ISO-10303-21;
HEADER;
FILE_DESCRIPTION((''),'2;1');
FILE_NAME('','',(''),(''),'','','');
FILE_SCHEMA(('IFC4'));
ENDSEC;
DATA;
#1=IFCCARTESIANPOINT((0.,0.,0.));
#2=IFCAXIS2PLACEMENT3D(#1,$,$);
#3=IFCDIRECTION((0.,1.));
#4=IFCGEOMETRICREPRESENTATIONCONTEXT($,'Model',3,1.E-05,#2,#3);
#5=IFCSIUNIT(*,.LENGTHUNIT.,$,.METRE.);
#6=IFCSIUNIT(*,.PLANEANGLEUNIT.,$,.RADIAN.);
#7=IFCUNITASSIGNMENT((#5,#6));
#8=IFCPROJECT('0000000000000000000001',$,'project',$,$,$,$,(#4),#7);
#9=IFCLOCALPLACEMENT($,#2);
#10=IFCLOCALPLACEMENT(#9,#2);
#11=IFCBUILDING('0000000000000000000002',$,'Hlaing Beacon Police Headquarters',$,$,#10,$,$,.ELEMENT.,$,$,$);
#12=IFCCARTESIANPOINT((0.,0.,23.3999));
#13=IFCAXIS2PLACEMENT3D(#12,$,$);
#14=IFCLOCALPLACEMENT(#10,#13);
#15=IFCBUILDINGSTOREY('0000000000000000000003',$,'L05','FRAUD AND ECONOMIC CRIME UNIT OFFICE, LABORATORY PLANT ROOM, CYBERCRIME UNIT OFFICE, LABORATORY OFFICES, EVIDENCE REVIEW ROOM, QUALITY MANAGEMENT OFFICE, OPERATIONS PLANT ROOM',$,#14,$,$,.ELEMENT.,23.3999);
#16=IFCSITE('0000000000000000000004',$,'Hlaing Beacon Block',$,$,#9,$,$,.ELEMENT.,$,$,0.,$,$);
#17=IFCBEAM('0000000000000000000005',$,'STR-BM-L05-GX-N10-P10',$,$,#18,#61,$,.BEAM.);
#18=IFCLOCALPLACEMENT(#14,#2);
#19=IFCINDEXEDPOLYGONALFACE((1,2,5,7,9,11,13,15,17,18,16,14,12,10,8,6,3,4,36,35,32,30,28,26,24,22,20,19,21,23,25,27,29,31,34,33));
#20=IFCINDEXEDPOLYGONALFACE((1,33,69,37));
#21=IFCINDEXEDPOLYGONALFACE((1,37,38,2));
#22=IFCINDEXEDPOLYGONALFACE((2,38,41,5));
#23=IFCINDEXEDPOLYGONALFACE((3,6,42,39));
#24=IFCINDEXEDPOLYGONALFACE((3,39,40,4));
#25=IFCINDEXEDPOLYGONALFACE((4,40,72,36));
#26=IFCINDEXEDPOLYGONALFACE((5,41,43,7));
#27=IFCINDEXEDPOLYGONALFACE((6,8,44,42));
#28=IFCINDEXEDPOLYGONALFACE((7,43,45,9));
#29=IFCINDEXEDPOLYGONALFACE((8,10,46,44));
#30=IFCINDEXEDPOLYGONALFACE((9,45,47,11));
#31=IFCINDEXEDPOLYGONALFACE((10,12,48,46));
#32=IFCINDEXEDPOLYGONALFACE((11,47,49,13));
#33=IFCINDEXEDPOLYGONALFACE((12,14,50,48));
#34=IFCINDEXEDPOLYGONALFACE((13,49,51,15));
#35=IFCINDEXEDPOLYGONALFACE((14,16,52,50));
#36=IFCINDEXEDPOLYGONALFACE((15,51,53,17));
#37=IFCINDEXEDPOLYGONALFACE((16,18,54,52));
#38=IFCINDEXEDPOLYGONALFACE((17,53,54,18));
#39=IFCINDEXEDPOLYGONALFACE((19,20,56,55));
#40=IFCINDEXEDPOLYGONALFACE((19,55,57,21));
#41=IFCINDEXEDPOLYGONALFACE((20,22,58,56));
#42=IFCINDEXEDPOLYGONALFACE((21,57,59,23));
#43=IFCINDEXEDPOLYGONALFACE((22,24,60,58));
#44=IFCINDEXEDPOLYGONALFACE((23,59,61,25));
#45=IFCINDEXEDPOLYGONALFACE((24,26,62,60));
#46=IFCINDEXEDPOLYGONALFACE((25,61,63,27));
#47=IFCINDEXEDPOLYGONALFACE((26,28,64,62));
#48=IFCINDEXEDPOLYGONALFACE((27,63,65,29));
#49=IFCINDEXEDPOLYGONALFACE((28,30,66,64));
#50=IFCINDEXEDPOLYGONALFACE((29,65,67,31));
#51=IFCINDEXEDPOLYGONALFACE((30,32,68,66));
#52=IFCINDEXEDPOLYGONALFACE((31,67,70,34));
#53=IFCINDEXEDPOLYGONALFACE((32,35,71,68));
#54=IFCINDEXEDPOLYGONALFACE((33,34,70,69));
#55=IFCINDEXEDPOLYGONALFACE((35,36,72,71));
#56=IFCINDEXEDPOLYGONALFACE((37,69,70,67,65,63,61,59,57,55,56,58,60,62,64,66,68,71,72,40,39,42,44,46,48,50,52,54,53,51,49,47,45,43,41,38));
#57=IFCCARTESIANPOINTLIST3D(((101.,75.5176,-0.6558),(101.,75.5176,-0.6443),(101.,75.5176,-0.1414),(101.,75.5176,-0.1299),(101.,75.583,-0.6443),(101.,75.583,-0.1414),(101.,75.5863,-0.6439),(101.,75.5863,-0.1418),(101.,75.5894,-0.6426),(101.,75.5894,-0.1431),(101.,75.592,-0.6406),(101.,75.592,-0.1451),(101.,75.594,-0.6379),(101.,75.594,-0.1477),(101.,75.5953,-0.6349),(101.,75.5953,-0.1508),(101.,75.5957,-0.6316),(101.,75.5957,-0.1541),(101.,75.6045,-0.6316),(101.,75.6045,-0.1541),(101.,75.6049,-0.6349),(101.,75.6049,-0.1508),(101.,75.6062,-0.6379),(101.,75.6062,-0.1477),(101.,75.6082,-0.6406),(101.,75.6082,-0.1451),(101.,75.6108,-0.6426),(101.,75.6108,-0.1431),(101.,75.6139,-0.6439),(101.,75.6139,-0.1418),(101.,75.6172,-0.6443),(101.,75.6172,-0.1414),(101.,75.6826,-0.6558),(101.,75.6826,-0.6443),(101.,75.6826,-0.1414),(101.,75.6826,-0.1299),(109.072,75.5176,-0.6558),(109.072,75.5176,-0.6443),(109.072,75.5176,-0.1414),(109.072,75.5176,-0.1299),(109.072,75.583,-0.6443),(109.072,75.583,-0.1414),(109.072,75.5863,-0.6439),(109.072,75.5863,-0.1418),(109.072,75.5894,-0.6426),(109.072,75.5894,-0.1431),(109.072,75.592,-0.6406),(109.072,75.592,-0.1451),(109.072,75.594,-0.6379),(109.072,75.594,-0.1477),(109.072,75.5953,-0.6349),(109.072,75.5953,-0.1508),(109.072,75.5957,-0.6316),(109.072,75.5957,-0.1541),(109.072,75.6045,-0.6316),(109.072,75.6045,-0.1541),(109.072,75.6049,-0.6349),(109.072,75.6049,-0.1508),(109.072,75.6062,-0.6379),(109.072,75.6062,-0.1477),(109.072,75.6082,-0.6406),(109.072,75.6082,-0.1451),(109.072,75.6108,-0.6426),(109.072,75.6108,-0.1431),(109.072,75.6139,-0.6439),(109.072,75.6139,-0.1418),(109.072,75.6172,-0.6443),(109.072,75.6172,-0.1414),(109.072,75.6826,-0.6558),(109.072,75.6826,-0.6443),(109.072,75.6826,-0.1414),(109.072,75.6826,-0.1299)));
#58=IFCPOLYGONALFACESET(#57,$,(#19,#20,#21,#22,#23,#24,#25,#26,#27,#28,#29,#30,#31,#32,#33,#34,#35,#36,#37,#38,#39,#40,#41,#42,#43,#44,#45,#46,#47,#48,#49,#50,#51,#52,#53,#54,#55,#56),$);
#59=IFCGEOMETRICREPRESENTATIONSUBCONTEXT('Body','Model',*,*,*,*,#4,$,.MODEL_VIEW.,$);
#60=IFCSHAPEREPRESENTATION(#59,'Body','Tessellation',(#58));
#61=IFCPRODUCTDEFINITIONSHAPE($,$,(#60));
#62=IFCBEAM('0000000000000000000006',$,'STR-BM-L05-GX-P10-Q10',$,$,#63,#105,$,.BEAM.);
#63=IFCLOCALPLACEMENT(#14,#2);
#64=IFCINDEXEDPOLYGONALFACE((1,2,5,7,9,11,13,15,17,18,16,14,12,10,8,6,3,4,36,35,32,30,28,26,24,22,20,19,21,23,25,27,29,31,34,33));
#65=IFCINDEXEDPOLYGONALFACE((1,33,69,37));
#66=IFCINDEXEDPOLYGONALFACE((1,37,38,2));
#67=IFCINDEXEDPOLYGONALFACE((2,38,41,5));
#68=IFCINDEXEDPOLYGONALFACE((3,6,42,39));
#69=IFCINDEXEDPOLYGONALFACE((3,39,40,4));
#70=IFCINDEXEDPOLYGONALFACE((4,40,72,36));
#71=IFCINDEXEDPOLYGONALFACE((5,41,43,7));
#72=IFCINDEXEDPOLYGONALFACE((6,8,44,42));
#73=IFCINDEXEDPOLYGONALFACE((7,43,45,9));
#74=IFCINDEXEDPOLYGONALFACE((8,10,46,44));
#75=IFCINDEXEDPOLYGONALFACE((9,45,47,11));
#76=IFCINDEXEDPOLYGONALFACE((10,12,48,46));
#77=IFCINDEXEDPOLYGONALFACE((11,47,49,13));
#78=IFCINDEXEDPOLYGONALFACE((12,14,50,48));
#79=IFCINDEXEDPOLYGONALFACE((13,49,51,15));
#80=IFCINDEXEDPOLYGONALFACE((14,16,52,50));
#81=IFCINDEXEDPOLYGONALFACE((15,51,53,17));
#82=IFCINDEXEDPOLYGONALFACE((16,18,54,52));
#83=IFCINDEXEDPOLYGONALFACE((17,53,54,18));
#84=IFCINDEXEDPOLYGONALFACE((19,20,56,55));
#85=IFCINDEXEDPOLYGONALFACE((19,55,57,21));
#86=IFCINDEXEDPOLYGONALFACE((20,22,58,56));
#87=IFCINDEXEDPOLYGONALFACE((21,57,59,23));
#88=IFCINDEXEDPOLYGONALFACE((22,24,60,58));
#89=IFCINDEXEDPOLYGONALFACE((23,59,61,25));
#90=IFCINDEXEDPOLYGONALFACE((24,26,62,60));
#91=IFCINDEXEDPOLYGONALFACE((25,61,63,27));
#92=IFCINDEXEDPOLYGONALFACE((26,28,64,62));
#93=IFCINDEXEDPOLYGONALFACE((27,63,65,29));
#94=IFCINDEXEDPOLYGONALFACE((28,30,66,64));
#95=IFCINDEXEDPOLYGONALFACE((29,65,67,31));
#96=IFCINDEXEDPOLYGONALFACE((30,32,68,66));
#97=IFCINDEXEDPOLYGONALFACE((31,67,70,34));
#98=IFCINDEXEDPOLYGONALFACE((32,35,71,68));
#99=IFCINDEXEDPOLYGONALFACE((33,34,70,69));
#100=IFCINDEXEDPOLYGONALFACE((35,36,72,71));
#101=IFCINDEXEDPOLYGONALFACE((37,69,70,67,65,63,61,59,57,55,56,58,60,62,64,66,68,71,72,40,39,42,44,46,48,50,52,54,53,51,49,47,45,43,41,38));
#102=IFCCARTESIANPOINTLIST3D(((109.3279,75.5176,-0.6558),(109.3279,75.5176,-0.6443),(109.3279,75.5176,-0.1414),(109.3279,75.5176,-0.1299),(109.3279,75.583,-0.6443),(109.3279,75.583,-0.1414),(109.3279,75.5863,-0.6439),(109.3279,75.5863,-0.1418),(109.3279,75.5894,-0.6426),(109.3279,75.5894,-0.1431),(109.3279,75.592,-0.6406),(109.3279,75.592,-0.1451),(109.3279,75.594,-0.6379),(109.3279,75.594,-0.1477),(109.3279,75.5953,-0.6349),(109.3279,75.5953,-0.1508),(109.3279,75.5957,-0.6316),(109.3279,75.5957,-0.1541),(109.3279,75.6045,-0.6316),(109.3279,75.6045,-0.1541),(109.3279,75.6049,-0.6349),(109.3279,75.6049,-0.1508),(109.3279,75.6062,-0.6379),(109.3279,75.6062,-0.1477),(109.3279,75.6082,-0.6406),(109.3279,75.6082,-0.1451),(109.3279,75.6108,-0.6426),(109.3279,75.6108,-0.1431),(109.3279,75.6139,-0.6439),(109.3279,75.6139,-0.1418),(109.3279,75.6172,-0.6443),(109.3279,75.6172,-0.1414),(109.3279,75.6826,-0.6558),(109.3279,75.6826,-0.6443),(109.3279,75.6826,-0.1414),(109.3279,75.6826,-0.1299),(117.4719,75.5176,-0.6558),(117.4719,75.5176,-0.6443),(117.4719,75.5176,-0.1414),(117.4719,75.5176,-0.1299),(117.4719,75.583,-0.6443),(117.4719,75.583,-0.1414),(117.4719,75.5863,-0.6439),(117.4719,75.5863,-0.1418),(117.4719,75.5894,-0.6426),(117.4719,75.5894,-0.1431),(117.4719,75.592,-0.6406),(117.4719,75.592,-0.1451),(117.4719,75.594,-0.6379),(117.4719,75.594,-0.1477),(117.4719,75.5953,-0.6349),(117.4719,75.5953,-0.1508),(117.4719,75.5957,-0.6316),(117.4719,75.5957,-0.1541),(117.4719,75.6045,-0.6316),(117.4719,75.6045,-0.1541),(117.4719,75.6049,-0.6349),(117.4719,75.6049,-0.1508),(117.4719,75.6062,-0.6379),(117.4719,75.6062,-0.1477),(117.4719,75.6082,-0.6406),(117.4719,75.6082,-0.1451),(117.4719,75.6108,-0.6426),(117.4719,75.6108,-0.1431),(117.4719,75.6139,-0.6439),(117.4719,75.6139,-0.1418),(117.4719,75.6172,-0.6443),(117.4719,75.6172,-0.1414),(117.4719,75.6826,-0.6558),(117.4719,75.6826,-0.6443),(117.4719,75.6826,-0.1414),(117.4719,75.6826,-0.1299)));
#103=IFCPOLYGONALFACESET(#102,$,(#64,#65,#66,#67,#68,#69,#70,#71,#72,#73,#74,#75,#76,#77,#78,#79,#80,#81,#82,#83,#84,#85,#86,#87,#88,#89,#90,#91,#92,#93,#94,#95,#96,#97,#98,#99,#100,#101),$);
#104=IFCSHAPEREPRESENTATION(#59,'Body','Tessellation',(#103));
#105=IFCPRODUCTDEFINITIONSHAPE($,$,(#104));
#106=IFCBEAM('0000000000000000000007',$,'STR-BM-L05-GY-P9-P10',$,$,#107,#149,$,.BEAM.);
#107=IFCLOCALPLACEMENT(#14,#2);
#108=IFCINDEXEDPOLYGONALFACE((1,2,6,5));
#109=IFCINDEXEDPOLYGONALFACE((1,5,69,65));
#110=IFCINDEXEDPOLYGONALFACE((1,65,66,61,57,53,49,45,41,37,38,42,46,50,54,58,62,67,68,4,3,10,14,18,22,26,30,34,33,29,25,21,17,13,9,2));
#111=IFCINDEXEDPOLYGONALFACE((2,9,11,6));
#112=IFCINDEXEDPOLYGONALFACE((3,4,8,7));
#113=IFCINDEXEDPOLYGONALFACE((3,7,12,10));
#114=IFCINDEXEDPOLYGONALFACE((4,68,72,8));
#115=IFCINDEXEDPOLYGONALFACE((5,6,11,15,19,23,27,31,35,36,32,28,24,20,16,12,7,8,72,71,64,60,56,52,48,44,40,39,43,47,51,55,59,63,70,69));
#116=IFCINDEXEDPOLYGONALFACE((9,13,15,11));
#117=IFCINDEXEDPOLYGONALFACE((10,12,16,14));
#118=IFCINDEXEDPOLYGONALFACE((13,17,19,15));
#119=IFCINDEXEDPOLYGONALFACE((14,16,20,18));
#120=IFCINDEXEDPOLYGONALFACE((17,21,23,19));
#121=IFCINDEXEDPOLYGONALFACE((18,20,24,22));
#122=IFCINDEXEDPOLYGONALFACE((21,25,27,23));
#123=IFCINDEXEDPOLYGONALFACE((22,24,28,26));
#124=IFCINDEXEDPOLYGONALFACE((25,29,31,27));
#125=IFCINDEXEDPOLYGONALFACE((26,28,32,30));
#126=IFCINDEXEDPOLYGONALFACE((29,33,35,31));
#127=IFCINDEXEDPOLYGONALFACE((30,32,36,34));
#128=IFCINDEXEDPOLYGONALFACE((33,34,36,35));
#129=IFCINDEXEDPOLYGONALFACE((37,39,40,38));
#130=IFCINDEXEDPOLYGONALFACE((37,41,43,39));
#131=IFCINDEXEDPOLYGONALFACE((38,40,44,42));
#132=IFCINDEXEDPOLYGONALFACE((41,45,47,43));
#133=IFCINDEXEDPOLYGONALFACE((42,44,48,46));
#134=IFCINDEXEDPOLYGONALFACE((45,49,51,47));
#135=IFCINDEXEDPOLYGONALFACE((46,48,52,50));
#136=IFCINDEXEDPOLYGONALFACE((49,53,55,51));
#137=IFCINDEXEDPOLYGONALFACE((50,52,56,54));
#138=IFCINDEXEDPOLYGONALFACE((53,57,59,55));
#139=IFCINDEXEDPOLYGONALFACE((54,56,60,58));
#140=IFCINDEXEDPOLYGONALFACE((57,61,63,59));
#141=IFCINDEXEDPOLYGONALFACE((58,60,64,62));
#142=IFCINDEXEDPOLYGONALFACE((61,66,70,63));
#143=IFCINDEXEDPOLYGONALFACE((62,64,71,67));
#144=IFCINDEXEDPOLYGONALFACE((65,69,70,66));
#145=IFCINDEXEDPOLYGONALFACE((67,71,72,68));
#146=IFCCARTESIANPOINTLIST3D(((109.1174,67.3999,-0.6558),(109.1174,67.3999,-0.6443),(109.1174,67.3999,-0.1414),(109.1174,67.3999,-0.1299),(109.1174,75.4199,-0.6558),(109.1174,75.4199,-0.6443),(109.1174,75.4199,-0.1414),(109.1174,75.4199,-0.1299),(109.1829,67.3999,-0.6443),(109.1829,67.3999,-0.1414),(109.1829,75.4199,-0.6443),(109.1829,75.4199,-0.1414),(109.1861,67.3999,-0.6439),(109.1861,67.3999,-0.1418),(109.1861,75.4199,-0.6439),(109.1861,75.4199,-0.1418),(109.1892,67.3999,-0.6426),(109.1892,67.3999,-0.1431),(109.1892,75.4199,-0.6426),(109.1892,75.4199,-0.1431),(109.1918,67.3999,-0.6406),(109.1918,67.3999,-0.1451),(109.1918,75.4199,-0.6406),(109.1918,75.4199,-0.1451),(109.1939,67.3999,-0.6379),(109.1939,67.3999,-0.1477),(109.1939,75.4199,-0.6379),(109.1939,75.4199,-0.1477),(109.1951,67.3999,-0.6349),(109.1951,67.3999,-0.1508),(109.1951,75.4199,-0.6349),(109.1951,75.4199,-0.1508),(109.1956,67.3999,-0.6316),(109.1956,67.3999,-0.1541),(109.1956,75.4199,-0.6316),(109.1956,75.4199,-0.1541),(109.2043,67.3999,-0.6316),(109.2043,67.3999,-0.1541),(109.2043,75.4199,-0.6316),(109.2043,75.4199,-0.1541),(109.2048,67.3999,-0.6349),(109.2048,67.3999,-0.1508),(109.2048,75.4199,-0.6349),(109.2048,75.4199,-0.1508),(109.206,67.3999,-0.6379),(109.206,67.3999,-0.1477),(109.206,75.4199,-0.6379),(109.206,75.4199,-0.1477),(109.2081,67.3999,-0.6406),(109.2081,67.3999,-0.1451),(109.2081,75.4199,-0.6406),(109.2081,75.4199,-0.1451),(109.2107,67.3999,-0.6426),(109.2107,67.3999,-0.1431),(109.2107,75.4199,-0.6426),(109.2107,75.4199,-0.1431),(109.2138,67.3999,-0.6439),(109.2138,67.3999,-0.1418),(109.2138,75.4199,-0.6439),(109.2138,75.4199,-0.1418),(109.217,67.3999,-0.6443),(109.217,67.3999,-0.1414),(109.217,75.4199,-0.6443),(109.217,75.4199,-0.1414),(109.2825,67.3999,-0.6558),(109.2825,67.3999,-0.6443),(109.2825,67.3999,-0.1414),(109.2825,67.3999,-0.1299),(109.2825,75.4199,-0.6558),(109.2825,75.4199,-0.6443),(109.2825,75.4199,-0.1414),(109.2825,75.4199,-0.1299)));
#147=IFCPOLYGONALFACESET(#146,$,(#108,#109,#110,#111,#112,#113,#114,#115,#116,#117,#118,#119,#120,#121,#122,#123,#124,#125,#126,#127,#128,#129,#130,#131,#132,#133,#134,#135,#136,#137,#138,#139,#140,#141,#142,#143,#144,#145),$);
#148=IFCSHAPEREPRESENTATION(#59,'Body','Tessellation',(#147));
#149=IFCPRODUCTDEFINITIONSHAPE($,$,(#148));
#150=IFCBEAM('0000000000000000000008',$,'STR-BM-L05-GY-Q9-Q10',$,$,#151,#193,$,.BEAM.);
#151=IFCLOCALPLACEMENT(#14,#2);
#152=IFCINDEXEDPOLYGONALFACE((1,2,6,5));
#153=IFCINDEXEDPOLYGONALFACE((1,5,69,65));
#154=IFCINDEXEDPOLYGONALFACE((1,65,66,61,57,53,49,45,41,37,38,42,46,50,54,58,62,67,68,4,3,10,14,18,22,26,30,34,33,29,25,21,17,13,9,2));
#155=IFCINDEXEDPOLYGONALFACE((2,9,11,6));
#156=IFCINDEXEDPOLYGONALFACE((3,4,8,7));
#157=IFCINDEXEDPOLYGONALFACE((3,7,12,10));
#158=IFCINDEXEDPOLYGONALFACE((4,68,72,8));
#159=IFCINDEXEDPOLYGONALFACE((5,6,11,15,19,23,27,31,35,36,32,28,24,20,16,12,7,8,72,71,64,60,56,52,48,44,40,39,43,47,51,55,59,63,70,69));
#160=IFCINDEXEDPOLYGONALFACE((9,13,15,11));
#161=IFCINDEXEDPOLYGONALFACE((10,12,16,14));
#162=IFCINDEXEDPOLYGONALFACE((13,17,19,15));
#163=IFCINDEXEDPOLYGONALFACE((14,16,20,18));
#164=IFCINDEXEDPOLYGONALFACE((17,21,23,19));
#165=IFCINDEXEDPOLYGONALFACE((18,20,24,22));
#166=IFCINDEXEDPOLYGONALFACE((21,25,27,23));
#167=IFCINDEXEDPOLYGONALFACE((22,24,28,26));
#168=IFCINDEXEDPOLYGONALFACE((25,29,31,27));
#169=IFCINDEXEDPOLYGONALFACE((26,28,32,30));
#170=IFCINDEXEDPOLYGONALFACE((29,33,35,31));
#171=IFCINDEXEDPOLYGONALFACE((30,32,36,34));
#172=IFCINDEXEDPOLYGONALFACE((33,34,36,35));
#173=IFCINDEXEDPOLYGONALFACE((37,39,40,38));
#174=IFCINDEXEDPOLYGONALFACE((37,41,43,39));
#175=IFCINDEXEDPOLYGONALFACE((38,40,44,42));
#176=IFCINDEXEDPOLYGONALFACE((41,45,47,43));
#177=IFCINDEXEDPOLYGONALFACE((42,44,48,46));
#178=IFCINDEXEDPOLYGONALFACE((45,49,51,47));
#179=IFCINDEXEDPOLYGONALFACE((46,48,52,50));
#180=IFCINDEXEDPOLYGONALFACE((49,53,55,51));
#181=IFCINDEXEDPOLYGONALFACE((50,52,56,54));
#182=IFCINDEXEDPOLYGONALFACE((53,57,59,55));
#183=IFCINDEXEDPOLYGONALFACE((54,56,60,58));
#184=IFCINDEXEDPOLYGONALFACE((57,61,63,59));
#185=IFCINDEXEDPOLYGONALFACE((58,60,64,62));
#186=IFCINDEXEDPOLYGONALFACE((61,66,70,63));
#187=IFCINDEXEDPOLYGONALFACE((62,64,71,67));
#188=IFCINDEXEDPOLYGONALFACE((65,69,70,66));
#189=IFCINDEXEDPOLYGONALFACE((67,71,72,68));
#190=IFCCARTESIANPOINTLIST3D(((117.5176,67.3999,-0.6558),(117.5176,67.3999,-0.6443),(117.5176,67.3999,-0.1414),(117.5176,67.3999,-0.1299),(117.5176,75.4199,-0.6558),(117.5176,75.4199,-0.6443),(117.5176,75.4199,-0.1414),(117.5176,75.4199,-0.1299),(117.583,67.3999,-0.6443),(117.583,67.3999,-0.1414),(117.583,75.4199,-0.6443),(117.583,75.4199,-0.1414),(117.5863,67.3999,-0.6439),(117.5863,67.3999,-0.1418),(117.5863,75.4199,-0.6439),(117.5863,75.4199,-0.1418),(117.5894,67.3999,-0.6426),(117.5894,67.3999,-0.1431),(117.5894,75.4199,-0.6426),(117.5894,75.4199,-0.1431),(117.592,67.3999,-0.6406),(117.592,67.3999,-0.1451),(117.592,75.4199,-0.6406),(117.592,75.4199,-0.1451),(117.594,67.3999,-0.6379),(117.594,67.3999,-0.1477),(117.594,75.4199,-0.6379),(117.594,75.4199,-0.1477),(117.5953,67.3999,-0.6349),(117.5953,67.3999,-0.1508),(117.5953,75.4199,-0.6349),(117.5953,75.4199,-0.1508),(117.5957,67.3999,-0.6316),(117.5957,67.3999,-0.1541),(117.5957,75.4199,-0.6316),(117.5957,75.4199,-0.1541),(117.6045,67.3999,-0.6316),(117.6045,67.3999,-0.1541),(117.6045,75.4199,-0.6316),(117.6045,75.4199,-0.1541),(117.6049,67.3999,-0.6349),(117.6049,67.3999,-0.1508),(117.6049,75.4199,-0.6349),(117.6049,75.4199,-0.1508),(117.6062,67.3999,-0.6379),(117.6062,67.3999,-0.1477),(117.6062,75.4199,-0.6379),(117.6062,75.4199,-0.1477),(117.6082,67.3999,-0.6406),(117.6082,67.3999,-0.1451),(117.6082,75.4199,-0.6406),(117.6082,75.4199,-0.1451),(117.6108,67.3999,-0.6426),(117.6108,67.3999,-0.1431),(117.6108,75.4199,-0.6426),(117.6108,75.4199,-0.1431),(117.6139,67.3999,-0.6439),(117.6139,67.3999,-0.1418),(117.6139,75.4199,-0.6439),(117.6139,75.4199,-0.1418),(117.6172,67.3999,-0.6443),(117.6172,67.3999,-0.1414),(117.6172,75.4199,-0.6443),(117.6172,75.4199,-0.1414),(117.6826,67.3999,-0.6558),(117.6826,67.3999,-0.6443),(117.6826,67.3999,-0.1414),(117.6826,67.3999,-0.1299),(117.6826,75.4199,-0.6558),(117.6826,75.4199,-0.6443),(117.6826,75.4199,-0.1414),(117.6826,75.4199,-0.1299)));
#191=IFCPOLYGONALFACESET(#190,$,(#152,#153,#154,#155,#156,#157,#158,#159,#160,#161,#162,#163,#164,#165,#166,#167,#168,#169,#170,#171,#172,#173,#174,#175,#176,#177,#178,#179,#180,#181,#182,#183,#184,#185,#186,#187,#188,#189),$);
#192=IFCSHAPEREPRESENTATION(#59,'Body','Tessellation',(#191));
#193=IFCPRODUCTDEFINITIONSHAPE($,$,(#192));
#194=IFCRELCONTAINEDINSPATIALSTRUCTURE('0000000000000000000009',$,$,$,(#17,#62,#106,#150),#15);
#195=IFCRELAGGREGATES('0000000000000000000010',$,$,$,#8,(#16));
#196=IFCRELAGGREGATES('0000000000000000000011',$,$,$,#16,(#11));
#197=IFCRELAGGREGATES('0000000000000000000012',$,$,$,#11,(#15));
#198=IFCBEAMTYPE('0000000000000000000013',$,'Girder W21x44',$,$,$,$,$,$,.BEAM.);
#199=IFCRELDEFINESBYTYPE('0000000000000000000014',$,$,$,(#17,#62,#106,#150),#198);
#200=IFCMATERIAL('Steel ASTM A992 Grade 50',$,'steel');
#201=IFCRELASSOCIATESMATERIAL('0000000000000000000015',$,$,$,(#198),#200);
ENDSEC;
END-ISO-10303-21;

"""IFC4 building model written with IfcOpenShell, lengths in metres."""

from ifc_helpers import new_model, si_unit, direction, frame, origin, origin_2d, place, context, subcontext, project, spatial, i_section, extrude, material, material_profile, profile_set, type_object, element, save


model = new_model("IFC4")

# Units and contexts
model_context = context("Model", 3, precision=1e-05, world=origin(), true_north=direction((0.0, 1.0)))
body_context = subcontext(model_context, "Body", "Model", "MODEL_VIEW")
ifc_project = project(units=[si_unit("LENGTHUNIT", "METRE"), si_unit("PLANEANGLEUNIT", "RADIAN")], contexts=[model_context])

# Site, building, storey
site_placement = place(None, origin())
site = spatial("IfcSite", under=ifc_project, at=site_placement, Name="Hlaing Beacon Block", CompositionType="ELEMENT", RefElevation=0.0)
building_placement = place(site_placement, origin())
building = spatial("IfcBuilding", under=site, at=building_placement, Name="Hlaing Beacon Police Headquarters", CompositionType="ELEMENT")
storey_placement = place(building_placement, frame((0.0, 0.0, 23.3999)))
storey = spatial("IfcBuildingStorey", under=building, at=storey_placement, Name="L05", Description="FRAUD AND ECONOMIC CRIME UNIT OFFICE, LABORATORY PLANT ROOM, CYBERCRIME UNIT OFFICE, LABORATORY OFFICES, EVIDENCE REVIEW ROOM, QUALITY MANAGEMENT OFFICE, OPERATIONS PLANT ROOM", CompositionType="ELEMENT", Elevation=23.3999)

# Beams
ifc_material_1 = material(Name="Steel ASTM A992 Grade 50", Category="steel")
ifc_material_profile_1 = material_profile(ifc_material_1, i_section(OverallWidth=0.165, OverallDepth=0.5259, WebThickness=0.0088, FlangeThickness=0.0115, FilletRadius=0.0127, at=origin_2d()), Name="W21x44")
ifc_profile_set_1 = profile_set([ifc_material_profile_1], Name="Steel ASTM A992 Grade 50")
beam_type_1 = type_object("IfcBeamType", Name="Girder W21x44", PredefinedType="BEAM", material=ifc_profile_set_1)
beam_1_placement = place(storey_placement, frame((101.0, 75.6001, -0.3928), z_axis=(1.0, 0.0, 0.0), x_axis=(0.0, 1.0, 0.0)))
element("IfcBeam", 1, at=beam_1_placement, inside=storey, type_object=beam_type_1, Name="STR-BM-L05-GX-N10-P10", PredefinedType="BEAM", context=body_context, shape_type="SweptSolid", body=[
    extrude(i_section(OverallWidth=0.165, OverallDepth=0.5259, WebThickness=0.0088, FlangeThickness=0.0115, FilletRadius=0.0127, at=origin_2d()), origin(), (0.0, 0.0, 1.0), 8.072),
])
beam_2_placement = place(storey_placement, frame((109.3279, 75.6001, -0.3928), z_axis=(1.0, 0.0, 0.0), x_axis=(0.0, 1.0, 0.0)))
element("IfcBeam", 2, at=beam_2_placement, inside=storey, type_object=beam_type_1, Name="STR-BM-L05-GX-P10-Q10", PredefinedType="BEAM", context=body_context, shape_type="SweptSolid", body=[
    extrude(i_section(OverallWidth=0.165, OverallDepth=0.5259, WebThickness=0.0088, FlangeThickness=0.0115, FilletRadius=0.0127, at=origin_2d()), origin(), (0.0, 0.0, 1.0), 8.144),
])
for number, where, z_axis, x_axis, name in (
    (3, (109.2, 67.3999, -0.3928), (0.0, 1.0, 0.0), (-1.0, 0.0, 0.0), "STR-BM-L05-GY-P9-P10"),
    (4, (117.6001, 67.3999, -0.3928), (0.0, 1.0, 0.0), (-1.0, 0.0, 0.0), "STR-BM-L05-GY-Q9-Q10"),
):
    element("IfcBeam", number, at=place(storey_placement, frame(where, z_axis=z_axis, x_axis=x_axis)), inside=storey, type_object=beam_type_1, Name=name, PredefinedType="BEAM", context=body_context, shape_type="SweptSolid", body=[
        extrude(i_section(OverallWidth=0.165, OverallDepth=0.5259, WebThickness=0.0088, FlangeThickness=0.0115, FilletRadius=0.0127, at=origin_2d()), origin(), (0.0, 0.0, 1.0), 8.02),
    ])

save(model, "model.ifc")
